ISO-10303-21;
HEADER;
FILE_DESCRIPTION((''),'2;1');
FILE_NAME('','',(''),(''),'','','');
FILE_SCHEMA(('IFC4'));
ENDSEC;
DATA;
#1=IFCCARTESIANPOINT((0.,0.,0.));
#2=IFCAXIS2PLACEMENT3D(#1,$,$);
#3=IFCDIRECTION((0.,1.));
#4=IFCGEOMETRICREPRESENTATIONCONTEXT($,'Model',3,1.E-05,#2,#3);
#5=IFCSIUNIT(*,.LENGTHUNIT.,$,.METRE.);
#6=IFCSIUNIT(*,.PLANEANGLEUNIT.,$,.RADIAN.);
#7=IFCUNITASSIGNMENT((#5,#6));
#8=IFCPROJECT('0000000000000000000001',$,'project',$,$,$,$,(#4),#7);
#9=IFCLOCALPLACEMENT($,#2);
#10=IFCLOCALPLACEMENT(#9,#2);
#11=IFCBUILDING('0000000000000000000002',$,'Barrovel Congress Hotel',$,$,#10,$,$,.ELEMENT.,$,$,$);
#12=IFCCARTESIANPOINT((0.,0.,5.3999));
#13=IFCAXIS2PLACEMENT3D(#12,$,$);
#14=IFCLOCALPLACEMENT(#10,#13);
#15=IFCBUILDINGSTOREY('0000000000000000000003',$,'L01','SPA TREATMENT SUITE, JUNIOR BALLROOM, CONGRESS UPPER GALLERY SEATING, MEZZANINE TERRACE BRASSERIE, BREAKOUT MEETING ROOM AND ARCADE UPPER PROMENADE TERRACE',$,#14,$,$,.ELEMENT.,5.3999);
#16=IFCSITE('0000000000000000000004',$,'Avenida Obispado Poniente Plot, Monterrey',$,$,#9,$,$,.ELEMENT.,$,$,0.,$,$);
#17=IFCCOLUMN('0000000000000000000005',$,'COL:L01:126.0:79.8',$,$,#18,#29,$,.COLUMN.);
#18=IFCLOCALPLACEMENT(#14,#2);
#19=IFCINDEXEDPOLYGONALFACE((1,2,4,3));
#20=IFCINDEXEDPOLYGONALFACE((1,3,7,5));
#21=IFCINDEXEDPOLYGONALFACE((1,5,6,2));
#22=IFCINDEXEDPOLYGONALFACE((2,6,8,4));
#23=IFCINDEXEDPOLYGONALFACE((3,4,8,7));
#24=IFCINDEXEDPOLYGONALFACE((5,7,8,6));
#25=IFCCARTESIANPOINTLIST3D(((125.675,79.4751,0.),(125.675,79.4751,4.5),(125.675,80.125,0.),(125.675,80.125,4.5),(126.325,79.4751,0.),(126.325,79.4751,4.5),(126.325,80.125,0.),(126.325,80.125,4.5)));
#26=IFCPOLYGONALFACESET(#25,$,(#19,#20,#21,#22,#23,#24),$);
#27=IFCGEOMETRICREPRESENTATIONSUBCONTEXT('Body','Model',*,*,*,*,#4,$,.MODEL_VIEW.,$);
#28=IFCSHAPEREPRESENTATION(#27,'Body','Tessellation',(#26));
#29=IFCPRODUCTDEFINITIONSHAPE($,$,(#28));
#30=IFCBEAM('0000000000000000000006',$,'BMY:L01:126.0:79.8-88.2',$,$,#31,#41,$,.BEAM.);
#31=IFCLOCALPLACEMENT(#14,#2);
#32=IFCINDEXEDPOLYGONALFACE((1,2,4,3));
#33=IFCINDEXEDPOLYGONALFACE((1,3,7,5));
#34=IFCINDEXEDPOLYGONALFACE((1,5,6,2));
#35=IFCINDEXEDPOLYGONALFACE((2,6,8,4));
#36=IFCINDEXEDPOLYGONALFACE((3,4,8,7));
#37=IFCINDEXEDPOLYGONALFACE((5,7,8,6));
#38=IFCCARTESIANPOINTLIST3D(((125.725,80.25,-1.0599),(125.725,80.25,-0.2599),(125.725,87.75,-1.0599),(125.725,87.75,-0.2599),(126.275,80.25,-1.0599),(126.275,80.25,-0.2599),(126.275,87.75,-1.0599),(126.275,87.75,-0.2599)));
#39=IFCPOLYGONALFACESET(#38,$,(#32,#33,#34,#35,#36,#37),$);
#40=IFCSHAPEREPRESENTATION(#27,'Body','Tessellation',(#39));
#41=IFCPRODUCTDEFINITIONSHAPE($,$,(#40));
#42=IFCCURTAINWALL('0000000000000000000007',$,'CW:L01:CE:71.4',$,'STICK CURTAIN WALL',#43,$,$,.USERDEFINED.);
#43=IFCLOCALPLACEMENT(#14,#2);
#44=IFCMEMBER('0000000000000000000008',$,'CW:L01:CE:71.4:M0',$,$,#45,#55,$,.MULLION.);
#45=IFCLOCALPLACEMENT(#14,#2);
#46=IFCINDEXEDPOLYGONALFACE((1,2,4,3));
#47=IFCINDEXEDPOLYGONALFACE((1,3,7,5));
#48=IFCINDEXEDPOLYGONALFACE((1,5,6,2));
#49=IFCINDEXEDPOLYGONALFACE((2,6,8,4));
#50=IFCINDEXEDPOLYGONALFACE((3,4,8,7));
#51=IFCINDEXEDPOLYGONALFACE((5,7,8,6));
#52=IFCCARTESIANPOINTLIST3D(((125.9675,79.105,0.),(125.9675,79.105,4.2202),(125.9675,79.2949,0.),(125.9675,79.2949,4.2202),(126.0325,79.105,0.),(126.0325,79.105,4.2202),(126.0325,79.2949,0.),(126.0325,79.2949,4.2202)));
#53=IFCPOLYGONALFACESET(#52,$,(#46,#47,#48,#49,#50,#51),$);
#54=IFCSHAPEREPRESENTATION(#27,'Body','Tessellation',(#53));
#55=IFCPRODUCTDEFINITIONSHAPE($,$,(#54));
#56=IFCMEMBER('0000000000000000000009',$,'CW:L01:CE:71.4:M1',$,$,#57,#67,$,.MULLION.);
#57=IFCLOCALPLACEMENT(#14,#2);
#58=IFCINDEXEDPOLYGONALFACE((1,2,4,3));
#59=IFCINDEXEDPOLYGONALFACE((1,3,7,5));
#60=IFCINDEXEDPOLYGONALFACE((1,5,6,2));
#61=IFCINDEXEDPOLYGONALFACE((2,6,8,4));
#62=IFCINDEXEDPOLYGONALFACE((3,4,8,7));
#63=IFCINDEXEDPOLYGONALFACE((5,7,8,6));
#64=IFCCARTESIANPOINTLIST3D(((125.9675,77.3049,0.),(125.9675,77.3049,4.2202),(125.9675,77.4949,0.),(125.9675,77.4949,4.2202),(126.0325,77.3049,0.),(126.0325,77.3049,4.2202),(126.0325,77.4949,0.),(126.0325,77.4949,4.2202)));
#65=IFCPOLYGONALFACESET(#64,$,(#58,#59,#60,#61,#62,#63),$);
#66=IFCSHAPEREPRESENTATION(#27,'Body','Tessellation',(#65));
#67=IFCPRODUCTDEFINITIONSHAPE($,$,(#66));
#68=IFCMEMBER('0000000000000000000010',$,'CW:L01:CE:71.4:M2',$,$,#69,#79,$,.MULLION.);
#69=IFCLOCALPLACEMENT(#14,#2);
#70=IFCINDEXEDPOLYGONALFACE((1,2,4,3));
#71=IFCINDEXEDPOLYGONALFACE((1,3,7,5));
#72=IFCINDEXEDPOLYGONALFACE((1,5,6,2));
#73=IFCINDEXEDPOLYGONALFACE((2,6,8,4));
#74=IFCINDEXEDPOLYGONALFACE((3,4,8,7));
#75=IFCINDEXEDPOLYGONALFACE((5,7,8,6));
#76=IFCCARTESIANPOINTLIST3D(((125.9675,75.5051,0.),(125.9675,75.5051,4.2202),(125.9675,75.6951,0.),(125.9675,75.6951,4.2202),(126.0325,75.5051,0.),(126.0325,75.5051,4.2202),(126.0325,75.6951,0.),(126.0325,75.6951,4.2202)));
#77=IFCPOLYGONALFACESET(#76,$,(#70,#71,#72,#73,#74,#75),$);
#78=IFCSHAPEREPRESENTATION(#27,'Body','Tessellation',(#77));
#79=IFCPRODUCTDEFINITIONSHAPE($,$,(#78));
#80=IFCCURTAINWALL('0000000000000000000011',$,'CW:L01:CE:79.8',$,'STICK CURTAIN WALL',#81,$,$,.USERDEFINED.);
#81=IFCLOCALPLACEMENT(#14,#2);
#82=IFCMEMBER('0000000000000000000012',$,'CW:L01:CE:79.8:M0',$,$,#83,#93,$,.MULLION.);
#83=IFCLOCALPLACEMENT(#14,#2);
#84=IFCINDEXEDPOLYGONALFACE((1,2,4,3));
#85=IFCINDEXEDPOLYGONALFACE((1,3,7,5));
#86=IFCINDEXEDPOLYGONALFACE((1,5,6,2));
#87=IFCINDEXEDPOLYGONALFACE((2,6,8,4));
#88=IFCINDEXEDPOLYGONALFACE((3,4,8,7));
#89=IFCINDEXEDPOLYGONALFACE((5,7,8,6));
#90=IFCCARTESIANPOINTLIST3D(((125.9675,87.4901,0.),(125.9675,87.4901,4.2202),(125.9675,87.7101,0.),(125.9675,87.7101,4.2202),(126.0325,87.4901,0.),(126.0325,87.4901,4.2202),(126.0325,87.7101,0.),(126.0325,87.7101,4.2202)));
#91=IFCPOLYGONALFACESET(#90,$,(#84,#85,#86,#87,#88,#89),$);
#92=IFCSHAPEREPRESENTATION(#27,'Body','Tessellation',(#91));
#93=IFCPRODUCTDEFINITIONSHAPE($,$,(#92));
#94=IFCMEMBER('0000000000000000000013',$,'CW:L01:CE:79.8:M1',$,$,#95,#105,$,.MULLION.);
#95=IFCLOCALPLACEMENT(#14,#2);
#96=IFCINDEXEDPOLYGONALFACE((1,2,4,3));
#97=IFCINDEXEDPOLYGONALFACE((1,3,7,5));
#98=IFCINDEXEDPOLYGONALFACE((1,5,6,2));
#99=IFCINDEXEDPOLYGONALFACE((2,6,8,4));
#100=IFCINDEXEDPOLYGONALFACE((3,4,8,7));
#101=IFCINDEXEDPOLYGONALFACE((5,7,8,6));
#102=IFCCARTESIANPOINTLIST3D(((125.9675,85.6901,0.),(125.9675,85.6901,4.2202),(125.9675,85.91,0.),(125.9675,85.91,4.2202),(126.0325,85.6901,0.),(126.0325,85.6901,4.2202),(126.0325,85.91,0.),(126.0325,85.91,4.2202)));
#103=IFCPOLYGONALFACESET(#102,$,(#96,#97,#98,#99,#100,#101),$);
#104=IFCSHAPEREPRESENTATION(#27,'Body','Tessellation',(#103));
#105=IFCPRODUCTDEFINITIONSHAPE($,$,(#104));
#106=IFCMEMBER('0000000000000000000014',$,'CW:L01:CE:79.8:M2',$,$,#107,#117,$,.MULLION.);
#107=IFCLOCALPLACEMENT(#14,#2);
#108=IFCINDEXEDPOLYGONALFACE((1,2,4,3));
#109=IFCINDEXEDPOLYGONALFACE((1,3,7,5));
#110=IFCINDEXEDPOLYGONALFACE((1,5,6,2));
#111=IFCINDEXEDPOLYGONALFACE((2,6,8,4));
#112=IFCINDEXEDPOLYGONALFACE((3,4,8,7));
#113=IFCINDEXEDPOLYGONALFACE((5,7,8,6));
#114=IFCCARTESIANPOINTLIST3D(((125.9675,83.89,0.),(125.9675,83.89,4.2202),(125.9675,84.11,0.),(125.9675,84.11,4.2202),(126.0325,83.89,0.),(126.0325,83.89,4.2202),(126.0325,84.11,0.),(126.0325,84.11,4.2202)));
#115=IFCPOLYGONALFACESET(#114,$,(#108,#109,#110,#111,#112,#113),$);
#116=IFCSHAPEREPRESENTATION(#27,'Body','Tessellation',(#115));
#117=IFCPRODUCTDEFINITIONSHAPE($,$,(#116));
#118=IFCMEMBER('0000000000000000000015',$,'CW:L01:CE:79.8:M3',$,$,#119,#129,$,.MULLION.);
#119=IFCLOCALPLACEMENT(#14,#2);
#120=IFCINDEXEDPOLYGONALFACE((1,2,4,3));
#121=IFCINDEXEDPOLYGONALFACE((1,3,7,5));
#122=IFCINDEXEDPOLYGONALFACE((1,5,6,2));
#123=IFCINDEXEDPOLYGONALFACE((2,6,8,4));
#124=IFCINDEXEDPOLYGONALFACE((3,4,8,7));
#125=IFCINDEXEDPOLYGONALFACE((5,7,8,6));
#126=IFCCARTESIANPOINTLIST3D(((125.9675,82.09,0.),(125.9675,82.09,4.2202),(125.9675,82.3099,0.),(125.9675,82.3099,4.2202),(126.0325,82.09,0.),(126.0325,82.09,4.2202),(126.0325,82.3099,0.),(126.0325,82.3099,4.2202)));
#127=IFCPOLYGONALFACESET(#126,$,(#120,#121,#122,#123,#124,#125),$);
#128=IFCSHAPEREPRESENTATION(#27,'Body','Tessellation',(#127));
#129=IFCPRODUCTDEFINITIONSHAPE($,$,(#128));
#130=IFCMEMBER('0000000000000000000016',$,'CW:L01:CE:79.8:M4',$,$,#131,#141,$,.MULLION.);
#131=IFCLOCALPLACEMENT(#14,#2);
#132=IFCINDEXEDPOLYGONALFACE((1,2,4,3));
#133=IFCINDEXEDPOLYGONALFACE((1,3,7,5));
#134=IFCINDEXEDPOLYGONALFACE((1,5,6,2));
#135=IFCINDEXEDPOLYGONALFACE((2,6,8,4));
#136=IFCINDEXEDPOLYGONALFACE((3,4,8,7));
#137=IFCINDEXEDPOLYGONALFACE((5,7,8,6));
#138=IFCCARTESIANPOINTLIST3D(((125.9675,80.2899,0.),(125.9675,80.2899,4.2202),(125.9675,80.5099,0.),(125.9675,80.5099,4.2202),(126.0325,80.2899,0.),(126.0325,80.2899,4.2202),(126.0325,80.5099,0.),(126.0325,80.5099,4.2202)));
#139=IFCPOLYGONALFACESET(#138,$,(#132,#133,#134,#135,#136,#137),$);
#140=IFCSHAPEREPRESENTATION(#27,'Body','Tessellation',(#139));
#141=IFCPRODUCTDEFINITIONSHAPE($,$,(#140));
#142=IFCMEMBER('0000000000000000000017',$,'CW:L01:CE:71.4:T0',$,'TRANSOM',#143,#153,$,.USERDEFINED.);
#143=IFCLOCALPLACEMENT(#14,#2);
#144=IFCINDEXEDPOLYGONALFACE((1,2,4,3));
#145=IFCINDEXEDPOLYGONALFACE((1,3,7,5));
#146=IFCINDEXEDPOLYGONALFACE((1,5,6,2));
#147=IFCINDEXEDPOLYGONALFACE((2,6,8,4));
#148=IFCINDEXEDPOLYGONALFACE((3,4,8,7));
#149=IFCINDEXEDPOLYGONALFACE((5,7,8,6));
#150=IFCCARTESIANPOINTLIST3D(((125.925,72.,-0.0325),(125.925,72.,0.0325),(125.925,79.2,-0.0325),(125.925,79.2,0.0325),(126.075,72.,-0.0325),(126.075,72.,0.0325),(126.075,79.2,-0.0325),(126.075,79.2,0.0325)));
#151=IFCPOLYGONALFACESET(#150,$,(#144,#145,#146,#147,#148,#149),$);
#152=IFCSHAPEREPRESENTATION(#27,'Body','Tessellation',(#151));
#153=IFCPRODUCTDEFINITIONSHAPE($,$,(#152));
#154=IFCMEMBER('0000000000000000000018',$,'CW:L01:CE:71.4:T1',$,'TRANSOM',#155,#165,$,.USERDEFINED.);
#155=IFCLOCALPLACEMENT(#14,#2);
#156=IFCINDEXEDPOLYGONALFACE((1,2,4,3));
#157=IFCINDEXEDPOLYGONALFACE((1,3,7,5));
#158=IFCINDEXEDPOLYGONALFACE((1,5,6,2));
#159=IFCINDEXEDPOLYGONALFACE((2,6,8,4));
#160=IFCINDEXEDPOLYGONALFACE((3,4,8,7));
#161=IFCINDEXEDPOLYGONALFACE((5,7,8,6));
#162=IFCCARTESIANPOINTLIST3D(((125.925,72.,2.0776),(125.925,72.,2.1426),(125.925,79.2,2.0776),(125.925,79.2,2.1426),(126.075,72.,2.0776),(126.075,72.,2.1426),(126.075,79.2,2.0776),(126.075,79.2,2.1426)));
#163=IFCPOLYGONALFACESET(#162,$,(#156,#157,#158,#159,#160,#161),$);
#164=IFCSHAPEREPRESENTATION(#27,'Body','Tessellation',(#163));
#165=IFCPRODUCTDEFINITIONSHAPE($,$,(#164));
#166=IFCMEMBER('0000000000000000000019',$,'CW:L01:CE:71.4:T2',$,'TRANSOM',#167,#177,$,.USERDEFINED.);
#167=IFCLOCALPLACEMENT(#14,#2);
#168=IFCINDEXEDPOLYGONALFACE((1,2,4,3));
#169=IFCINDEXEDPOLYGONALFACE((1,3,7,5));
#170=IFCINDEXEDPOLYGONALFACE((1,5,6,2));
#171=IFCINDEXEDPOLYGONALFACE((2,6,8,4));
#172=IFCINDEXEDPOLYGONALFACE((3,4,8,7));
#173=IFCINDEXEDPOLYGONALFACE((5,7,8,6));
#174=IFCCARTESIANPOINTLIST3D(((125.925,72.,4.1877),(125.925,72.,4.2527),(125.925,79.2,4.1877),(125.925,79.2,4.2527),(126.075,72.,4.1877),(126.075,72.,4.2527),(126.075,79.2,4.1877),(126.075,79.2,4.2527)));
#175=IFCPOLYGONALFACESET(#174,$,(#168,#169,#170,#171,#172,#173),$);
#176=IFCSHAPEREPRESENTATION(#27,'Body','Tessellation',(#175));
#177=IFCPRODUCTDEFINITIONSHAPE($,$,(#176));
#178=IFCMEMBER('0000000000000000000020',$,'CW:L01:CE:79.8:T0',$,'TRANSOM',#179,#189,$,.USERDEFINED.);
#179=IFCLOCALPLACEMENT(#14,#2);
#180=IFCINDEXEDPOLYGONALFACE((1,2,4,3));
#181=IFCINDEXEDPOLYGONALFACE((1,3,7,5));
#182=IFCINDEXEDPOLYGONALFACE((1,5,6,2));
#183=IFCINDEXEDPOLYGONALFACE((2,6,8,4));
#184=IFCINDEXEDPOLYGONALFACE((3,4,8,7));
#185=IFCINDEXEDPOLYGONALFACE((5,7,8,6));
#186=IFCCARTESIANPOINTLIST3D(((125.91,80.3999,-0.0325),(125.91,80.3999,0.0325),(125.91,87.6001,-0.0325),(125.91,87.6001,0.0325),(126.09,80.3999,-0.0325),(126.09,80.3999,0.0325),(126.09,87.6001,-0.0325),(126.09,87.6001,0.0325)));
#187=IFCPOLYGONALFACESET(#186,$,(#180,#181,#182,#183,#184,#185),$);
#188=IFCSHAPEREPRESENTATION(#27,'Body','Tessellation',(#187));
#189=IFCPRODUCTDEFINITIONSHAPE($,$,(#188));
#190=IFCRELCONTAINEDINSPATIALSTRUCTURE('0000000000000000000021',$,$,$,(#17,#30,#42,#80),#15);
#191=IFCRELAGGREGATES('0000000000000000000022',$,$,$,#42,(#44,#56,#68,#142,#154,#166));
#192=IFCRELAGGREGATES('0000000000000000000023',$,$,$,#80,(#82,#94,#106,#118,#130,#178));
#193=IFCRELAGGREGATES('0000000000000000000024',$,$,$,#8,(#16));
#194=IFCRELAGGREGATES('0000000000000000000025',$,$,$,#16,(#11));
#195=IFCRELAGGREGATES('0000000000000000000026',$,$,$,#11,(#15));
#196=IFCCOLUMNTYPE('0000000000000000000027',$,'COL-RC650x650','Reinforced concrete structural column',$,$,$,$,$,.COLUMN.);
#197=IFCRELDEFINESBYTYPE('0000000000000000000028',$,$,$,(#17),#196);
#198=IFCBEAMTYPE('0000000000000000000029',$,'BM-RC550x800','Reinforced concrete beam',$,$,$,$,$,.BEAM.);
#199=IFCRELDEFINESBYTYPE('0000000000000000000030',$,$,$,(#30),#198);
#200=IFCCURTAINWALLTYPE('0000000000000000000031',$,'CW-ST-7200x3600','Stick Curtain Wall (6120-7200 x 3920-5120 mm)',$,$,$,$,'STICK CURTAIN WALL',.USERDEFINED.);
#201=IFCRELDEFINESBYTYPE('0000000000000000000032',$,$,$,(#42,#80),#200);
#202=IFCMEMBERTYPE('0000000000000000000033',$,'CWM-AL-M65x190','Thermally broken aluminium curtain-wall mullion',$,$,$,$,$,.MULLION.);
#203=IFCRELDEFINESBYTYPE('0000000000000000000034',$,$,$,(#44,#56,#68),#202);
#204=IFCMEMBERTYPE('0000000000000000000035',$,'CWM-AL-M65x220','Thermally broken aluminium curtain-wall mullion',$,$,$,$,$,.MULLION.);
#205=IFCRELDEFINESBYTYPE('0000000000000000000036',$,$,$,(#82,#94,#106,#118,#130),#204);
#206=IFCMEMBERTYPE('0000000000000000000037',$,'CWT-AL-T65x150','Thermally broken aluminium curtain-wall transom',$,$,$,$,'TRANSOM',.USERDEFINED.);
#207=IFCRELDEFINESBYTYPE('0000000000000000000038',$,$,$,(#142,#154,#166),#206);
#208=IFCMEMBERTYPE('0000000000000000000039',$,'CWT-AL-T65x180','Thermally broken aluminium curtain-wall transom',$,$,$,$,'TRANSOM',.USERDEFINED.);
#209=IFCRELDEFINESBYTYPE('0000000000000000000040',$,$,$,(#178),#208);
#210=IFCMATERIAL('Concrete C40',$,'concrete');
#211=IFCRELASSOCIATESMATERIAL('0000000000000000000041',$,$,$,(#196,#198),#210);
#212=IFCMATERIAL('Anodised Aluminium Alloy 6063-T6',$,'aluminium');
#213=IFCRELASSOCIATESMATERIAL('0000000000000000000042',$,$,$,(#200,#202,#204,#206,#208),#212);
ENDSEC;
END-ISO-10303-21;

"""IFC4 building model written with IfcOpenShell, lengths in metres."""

from ifc_helpers import new_model, si_unit, direction, frame, origin, origin_2d, place, context, subcontext, project, spatial, rectangle, extrude, material, material_profile, profile_set, type_object, element, aggregate, save


model = new_model("IFC4")

# Units and contexts
model_context = context("Model", 3, precision=1e-05, world=origin(), true_north=direction((0.0, 1.0)))
body_context = subcontext(model_context, "Body", "Model", "MODEL_VIEW")
ifc_project = project(units=[si_unit("LENGTHUNIT", "METRE"), si_unit("PLANEANGLEUNIT", "RADIAN")], contexts=[model_context])

# Site, building, storey
site_placement = place(None, origin())
site = spatial("IfcSite", under=ifc_project, at=site_placement, Name="Avenida Obispado Poniente Plot, Monterrey", CompositionType="ELEMENT", RefElevation=0.0)
building_placement = place(site_placement, origin())
building = spatial("IfcBuilding", under=site, at=building_placement, Name="Barrovel Congress Hotel", CompositionType="ELEMENT")
storey_placement = place(building_placement, frame((0.0, 0.0, 5.3999)))
storey = spatial("IfcBuildingStorey", under=building, at=storey_placement, Name="L01", Description="SPA TREATMENT SUITE, JUNIOR BALLROOM, CONGRESS UPPER GALLERY SEATING, MEZZANINE TERRACE BRASSERIE, BREAKOUT MEETING ROOM AND ARCADE UPPER PROMENADE TERRACE", CompositionType="ELEMENT", Elevation=5.3999)

# Column
ifc_material_1 = material(Name="Concrete C40", Category="concrete")
ifc_material_profile_1 = material_profile(ifc_material_1, rectangle(XDim=0.6499, YDim=0.6499, at=origin_2d()), Name="RC650x650")
ifc_profile_set_1 = profile_set([ifc_material_profile_1], Name="Concrete C40")
column_type = type_object("IfcColumnType", Name="COL-RC650x650", Description="Reinforced concrete structural column", PredefinedType="COLUMN", material=ifc_profile_set_1)
column_placement = place(storey_placement, frame((126.0, 79.8, 0.0), z_axis=(0.0, 0.0, 1.0), x_axis=(1.0, 0.0, 0.0)))
element("IfcColumn", 1, at=column_placement, inside=storey, type_object=column_type, Name="COL:L01:126.0:79.8", PredefinedType="COLUMN", context=body_context, shape_type="SweptSolid", body=[
    extrude(rectangle(XDim=0.6499, YDim=0.6499, at=origin_2d()), origin(), (0.0, 0.0, 1.0), 4.5),
])

# Beam
ifc_material_profile_2 = material_profile(ifc_material_1, rectangle(XDim=0.55, YDim=0.8, at=origin_2d()), Name="RC550x800")
ifc_profile_set_2 = profile_set([ifc_material_profile_2], Name="Concrete C40")
beam_type = type_object("IfcBeamType", Name="BM-RC550x800", Description="Reinforced concrete beam", PredefinedType="BEAM", material=ifc_profile_set_2)
beam_placement = place(storey_placement, frame((126.0, 80.25, -0.6599), z_axis=(0.0, 1.0, 0.0), x_axis=(-1.0, 0.0, 0.0)))
element("IfcBeam", 2, at=beam_placement, inside=storey, type_object=beam_type, Name="BMY:L01:126.0:79.8-88.2", PredefinedType="BEAM", context=body_context, shape_type="SweptSolid", body=[
    extrude(rectangle(XDim=0.55, YDim=0.8, at=origin_2d()), origin(), (0.0, 0.0, 1.0), 7.5),
])

# Curtain walls, members
ifc_material_2 = material(Name="Anodised Aluminium Alloy 6063-T6", Category="aluminium")
curtain_wall_type = type_object("IfcCurtainWallType", Name="CW-ST-7200x3600", Description="Stick Curtain Wall (6120-7200 x 3920-5120 mm)", ElementType="STICK CURTAIN WALL", PredefinedType="USERDEFINED", material=ifc_material_2)
curtain_wall_1_placement = place(storey_placement, origin())
curtain_wall_1 = element("IfcCurtainWall", 3, at=curtain_wall_1_placement, inside=storey, type_object=curtain_wall_type, Name="CW:L01:CE:71.4", ObjectType="STICK CURTAIN WALL", PredefinedType="USERDEFINED")
ifc_material_profile_3 = material_profile(ifc_material_2, rectangle(XDim=0.0649, YDim=0.1899, at=origin_2d()), Name="AL-M65x190")
ifc_profile_set_3 = profile_set([ifc_material_profile_3], Name="Anodised Aluminium Alloy 6063-T6")
member_type_1 = type_object("IfcMemberType", Name="CWM-AL-M65x190", Description="Thermally broken aluminium curtain-wall mullion", PredefinedType="MULLION", material=ifc_profile_set_3)
member_1_placement = place(storey_placement, frame((126.0, 79.2, 0.0), z_axis=(0.0, 0.0, 1.0), x_axis=(1.0, 0.0, 0.0)))
member_1 = element("IfcMember", 4, at=member_1_placement, type_object=member_type_1, Name="CW:L01:CE:71.4:M0", PredefinedType="MULLION", context=body_context, shape_type="SweptSolid", body=[
    extrude(rectangle(XDim=0.0649, YDim=0.1899, at=origin_2d()), origin(), (0.0, 0.0, 1.0), 4.2202),
])
member_2_placement = place(storey_placement, frame((126.0, 77.3999, 0.0), z_axis=(0.0, 0.0, 1.0), x_axis=(1.0, 0.0, 0.0)))
member_2 = element("IfcMember", 5, at=member_2_placement, type_object=member_type_1, Name="CW:L01:CE:71.4:M1", PredefinedType="MULLION", context=body_context, shape_type="SweptSolid", body=[
    extrude(rectangle(XDim=0.0649, YDim=0.1899, at=origin_2d()), origin(), (0.0, 0.0, 1.0), 4.2202),
])
member_3_placement = place(storey_placement, frame((126.0, 75.6001, 0.0), z_axis=(0.0, 0.0, 1.0), x_axis=(1.0, 0.0, 0.0)))
member_3 = element("IfcMember", 6, at=member_3_placement, type_object=member_type_1, Name="CW:L01:CE:71.4:M2", PredefinedType="MULLION", context=body_context, shape_type="SweptSolid", body=[
    extrude(rectangle(XDim=0.0649, YDim=0.1899, at=origin_2d()), origin(), (0.0, 0.0, 1.0), 4.2202),
])
curtain_wall_2_placement = place(storey_placement, origin())
curtain_wall_2 = element("IfcCurtainWall", 7, at=curtain_wall_2_placement, inside=storey, type_object=curtain_wall_type, Name="CW:L01:CE:79.8", ObjectType="STICK CURTAIN WALL", PredefinedType="USERDEFINED")
ifc_material_profile_4 = material_profile(ifc_material_2, rectangle(XDim=0.0649, YDim=0.22, at=origin_2d()), Name="AL-M65x220")
ifc_profile_set_4 = profile_set([ifc_material_profile_4], Name="Anodised Aluminium Alloy 6063-T6")
member_type_2 = type_object("IfcMemberType", Name="CWM-AL-M65x220", Description="Thermally broken aluminium curtain-wall mullion", PredefinedType="MULLION", material=ifc_profile_set_4)
member_4_placement = place(storey_placement, frame((126.0, 87.6001, 0.0), z_axis=(0.0, 0.0, 1.0), x_axis=(1.0, 0.0, 0.0)))
member_4 = element("IfcMember", 8, at=member_4_placement, type_object=member_type_2, Name="CW:L01:CE:79.8:M0", PredefinedType="MULLION", context=body_context, shape_type="SweptSolid", body=[
    extrude(rectangle(XDim=0.0649, YDim=0.22, at=origin_2d()), origin(), (0.0, 0.0, 1.0), 4.2202),
])
member_5_placement = place(storey_placement, frame((126.0, 85.8, 0.0), z_axis=(0.0, 0.0, 1.0), x_axis=(1.0, 0.0, 0.0)))
member_5 = element("IfcMember", 9, at=member_5_placement, type_object=member_type_2, Name="CW:L01:CE:79.8:M1", PredefinedType="MULLION", context=body_context, shape_type="SweptSolid", body=[
    extrude(rectangle(XDim=0.0649, YDim=0.22, at=origin_2d()), origin(), (0.0, 0.0, 1.0), 4.2202),
])
member_6_placement = place(storey_placement, frame((126.0, 84.0, 0.0), z_axis=(0.0, 0.0, 1.0), x_axis=(1.0, 0.0, 0.0)))
member_6 = element("IfcMember", 10, at=member_6_placement, type_object=member_type_2, Name="CW:L01:CE:79.8:M2", PredefinedType="MULLION", context=body_context, shape_type="SweptSolid", body=[
    extrude(rectangle(XDim=0.0649, YDim=0.22, at=origin_2d()), origin(), (0.0, 0.0, 1.0), 4.2202),
])
member_7_placement = place(storey_placement, frame((126.0, 82.2, 0.0), z_axis=(0.0, 0.0, 1.0), x_axis=(1.0, 0.0, 0.0)))
member_7 = element("IfcMember", 11, at=member_7_placement, type_object=member_type_2, Name="CW:L01:CE:79.8:M3", PredefinedType="MULLION", context=body_context, shape_type="SweptSolid", body=[
    extrude(rectangle(XDim=0.0649, YDim=0.22, at=origin_2d()), origin(), (0.0, 0.0, 1.0), 4.2202),
])
member_8_placement = place(storey_placement, frame((126.0, 80.3999, 0.0), z_axis=(0.0, 0.0, 1.0), x_axis=(1.0, 0.0, 0.0)))
member_8 = element("IfcMember", 12, at=member_8_placement, type_object=member_type_2, Name="CW:L01:CE:79.8:M4", PredefinedType="MULLION", context=body_context, shape_type="SweptSolid", body=[
    extrude(rectangle(XDim=0.0649, YDim=0.22, at=origin_2d()), origin(), (0.0, 0.0, 1.0), 4.2202),
])

# Members
ifc_material_profile_5 = material_profile(ifc_material_2, rectangle(XDim=0.1499, YDim=0.0649, at=origin_2d()), Name="AL-T65x150")
ifc_profile_set_5 = profile_set([ifc_material_profile_5], Name="Anodised Aluminium Alloy 6063-T6")
member_type_3 = type_object("IfcMemberType", Name="CWT-AL-T65x150", Description="Thermally broken aluminium curtain-wall transom", ElementType="TRANSOM", PredefinedType="USERDEFINED", material=ifc_profile_set_5)
member_9_placement = place(storey_placement, frame((126.0, 79.2, 0.0), z_axis=(0.0, -1.0, 0.0), x_axis=(1.0, 0.0, 0.0)))
member_9 = element("IfcMember", 13, at=member_9_placement, type_object=member_type_3, Name="CW:L01:CE:71.4:T0", ObjectType="TRANSOM", PredefinedType="USERDEFINED", context=body_context, shape_type="SweptSolid", body=[
    extrude(rectangle(XDim=0.1499, YDim=0.0649, at=origin_2d()), origin(), (0.0, 0.0, 1.0), 7.2),
])
member_10_placement = place(storey_placement, frame((126.0, 79.2, 2.1101), z_axis=(0.0, -1.0, 0.0), x_axis=(1.0, 0.0, 0.0)))
member_10 = element("IfcMember", 14, at=member_10_placement, type_object=member_type_3, Name="CW:L01:CE:71.4:T1", ObjectType="TRANSOM", PredefinedType="USERDEFINED", context=body_context, shape_type="SweptSolid", body=[
    extrude(rectangle(XDim=0.1499, YDim=0.0649, at=origin_2d()), origin(), (0.0, 0.0, 1.0), 7.2),
])
member_11_placement = place(storey_placement, frame((126.0, 79.2, 4.2202), z_axis=(0.0, -1.0, 0.0), x_axis=(1.0, 0.0, 0.0)))
member_11 = element("IfcMember", 15, at=member_11_placement, type_object=member_type_3, Name="CW:L01:CE:71.4:T2", ObjectType="TRANSOM", PredefinedType="USERDEFINED", context=body_context, shape_type="SweptSolid", body=[
    extrude(rectangle(XDim=0.1499, YDim=0.0649, at=origin_2d()), origin(), (0.0, 0.0, 1.0), 7.2),
])
ifc_material_profile_6 = material_profile(ifc_material_2, rectangle(XDim=0.1799, YDim=0.0649, at=origin_2d()), Name="AL-T65x180")
ifc_profile_set_6 = profile_set([ifc_material_profile_6], Name="Anodised Aluminium Alloy 6063-T6")
member_type_4 = type_object("IfcMemberType", Name="CWT-AL-T65x180", Description="Thermally broken aluminium curtain-wall transom", ElementType="TRANSOM", PredefinedType="USERDEFINED", material=ifc_profile_set_6)
member_12_placement = place(storey_placement, frame((126.0, 87.6001, 0.0), z_axis=(0.0, -1.0, 0.0), x_axis=(1.0, 0.0, 0.0)))
member_12 = element("IfcMember", 16, at=member_12_placement, type_object=member_type_4, Name="CW:L01:CE:79.8:T0", ObjectType="TRANSOM", PredefinedType="USERDEFINED", context=body_context, shape_type="SweptSolid", body=[
    extrude(rectangle(XDim=0.1799, YDim=0.0649, at=origin_2d()), origin(), (0.0, 0.0, 1.0), 7.2002),
])

aggregate(curtain_wall_1, [member_1, member_2, member_3, member_9, member_10, member_11])
aggregate(curtain_wall_2, [member_4, member_5, member_6, member_7, member_8, member_12])

save(model, "model.ifc")
